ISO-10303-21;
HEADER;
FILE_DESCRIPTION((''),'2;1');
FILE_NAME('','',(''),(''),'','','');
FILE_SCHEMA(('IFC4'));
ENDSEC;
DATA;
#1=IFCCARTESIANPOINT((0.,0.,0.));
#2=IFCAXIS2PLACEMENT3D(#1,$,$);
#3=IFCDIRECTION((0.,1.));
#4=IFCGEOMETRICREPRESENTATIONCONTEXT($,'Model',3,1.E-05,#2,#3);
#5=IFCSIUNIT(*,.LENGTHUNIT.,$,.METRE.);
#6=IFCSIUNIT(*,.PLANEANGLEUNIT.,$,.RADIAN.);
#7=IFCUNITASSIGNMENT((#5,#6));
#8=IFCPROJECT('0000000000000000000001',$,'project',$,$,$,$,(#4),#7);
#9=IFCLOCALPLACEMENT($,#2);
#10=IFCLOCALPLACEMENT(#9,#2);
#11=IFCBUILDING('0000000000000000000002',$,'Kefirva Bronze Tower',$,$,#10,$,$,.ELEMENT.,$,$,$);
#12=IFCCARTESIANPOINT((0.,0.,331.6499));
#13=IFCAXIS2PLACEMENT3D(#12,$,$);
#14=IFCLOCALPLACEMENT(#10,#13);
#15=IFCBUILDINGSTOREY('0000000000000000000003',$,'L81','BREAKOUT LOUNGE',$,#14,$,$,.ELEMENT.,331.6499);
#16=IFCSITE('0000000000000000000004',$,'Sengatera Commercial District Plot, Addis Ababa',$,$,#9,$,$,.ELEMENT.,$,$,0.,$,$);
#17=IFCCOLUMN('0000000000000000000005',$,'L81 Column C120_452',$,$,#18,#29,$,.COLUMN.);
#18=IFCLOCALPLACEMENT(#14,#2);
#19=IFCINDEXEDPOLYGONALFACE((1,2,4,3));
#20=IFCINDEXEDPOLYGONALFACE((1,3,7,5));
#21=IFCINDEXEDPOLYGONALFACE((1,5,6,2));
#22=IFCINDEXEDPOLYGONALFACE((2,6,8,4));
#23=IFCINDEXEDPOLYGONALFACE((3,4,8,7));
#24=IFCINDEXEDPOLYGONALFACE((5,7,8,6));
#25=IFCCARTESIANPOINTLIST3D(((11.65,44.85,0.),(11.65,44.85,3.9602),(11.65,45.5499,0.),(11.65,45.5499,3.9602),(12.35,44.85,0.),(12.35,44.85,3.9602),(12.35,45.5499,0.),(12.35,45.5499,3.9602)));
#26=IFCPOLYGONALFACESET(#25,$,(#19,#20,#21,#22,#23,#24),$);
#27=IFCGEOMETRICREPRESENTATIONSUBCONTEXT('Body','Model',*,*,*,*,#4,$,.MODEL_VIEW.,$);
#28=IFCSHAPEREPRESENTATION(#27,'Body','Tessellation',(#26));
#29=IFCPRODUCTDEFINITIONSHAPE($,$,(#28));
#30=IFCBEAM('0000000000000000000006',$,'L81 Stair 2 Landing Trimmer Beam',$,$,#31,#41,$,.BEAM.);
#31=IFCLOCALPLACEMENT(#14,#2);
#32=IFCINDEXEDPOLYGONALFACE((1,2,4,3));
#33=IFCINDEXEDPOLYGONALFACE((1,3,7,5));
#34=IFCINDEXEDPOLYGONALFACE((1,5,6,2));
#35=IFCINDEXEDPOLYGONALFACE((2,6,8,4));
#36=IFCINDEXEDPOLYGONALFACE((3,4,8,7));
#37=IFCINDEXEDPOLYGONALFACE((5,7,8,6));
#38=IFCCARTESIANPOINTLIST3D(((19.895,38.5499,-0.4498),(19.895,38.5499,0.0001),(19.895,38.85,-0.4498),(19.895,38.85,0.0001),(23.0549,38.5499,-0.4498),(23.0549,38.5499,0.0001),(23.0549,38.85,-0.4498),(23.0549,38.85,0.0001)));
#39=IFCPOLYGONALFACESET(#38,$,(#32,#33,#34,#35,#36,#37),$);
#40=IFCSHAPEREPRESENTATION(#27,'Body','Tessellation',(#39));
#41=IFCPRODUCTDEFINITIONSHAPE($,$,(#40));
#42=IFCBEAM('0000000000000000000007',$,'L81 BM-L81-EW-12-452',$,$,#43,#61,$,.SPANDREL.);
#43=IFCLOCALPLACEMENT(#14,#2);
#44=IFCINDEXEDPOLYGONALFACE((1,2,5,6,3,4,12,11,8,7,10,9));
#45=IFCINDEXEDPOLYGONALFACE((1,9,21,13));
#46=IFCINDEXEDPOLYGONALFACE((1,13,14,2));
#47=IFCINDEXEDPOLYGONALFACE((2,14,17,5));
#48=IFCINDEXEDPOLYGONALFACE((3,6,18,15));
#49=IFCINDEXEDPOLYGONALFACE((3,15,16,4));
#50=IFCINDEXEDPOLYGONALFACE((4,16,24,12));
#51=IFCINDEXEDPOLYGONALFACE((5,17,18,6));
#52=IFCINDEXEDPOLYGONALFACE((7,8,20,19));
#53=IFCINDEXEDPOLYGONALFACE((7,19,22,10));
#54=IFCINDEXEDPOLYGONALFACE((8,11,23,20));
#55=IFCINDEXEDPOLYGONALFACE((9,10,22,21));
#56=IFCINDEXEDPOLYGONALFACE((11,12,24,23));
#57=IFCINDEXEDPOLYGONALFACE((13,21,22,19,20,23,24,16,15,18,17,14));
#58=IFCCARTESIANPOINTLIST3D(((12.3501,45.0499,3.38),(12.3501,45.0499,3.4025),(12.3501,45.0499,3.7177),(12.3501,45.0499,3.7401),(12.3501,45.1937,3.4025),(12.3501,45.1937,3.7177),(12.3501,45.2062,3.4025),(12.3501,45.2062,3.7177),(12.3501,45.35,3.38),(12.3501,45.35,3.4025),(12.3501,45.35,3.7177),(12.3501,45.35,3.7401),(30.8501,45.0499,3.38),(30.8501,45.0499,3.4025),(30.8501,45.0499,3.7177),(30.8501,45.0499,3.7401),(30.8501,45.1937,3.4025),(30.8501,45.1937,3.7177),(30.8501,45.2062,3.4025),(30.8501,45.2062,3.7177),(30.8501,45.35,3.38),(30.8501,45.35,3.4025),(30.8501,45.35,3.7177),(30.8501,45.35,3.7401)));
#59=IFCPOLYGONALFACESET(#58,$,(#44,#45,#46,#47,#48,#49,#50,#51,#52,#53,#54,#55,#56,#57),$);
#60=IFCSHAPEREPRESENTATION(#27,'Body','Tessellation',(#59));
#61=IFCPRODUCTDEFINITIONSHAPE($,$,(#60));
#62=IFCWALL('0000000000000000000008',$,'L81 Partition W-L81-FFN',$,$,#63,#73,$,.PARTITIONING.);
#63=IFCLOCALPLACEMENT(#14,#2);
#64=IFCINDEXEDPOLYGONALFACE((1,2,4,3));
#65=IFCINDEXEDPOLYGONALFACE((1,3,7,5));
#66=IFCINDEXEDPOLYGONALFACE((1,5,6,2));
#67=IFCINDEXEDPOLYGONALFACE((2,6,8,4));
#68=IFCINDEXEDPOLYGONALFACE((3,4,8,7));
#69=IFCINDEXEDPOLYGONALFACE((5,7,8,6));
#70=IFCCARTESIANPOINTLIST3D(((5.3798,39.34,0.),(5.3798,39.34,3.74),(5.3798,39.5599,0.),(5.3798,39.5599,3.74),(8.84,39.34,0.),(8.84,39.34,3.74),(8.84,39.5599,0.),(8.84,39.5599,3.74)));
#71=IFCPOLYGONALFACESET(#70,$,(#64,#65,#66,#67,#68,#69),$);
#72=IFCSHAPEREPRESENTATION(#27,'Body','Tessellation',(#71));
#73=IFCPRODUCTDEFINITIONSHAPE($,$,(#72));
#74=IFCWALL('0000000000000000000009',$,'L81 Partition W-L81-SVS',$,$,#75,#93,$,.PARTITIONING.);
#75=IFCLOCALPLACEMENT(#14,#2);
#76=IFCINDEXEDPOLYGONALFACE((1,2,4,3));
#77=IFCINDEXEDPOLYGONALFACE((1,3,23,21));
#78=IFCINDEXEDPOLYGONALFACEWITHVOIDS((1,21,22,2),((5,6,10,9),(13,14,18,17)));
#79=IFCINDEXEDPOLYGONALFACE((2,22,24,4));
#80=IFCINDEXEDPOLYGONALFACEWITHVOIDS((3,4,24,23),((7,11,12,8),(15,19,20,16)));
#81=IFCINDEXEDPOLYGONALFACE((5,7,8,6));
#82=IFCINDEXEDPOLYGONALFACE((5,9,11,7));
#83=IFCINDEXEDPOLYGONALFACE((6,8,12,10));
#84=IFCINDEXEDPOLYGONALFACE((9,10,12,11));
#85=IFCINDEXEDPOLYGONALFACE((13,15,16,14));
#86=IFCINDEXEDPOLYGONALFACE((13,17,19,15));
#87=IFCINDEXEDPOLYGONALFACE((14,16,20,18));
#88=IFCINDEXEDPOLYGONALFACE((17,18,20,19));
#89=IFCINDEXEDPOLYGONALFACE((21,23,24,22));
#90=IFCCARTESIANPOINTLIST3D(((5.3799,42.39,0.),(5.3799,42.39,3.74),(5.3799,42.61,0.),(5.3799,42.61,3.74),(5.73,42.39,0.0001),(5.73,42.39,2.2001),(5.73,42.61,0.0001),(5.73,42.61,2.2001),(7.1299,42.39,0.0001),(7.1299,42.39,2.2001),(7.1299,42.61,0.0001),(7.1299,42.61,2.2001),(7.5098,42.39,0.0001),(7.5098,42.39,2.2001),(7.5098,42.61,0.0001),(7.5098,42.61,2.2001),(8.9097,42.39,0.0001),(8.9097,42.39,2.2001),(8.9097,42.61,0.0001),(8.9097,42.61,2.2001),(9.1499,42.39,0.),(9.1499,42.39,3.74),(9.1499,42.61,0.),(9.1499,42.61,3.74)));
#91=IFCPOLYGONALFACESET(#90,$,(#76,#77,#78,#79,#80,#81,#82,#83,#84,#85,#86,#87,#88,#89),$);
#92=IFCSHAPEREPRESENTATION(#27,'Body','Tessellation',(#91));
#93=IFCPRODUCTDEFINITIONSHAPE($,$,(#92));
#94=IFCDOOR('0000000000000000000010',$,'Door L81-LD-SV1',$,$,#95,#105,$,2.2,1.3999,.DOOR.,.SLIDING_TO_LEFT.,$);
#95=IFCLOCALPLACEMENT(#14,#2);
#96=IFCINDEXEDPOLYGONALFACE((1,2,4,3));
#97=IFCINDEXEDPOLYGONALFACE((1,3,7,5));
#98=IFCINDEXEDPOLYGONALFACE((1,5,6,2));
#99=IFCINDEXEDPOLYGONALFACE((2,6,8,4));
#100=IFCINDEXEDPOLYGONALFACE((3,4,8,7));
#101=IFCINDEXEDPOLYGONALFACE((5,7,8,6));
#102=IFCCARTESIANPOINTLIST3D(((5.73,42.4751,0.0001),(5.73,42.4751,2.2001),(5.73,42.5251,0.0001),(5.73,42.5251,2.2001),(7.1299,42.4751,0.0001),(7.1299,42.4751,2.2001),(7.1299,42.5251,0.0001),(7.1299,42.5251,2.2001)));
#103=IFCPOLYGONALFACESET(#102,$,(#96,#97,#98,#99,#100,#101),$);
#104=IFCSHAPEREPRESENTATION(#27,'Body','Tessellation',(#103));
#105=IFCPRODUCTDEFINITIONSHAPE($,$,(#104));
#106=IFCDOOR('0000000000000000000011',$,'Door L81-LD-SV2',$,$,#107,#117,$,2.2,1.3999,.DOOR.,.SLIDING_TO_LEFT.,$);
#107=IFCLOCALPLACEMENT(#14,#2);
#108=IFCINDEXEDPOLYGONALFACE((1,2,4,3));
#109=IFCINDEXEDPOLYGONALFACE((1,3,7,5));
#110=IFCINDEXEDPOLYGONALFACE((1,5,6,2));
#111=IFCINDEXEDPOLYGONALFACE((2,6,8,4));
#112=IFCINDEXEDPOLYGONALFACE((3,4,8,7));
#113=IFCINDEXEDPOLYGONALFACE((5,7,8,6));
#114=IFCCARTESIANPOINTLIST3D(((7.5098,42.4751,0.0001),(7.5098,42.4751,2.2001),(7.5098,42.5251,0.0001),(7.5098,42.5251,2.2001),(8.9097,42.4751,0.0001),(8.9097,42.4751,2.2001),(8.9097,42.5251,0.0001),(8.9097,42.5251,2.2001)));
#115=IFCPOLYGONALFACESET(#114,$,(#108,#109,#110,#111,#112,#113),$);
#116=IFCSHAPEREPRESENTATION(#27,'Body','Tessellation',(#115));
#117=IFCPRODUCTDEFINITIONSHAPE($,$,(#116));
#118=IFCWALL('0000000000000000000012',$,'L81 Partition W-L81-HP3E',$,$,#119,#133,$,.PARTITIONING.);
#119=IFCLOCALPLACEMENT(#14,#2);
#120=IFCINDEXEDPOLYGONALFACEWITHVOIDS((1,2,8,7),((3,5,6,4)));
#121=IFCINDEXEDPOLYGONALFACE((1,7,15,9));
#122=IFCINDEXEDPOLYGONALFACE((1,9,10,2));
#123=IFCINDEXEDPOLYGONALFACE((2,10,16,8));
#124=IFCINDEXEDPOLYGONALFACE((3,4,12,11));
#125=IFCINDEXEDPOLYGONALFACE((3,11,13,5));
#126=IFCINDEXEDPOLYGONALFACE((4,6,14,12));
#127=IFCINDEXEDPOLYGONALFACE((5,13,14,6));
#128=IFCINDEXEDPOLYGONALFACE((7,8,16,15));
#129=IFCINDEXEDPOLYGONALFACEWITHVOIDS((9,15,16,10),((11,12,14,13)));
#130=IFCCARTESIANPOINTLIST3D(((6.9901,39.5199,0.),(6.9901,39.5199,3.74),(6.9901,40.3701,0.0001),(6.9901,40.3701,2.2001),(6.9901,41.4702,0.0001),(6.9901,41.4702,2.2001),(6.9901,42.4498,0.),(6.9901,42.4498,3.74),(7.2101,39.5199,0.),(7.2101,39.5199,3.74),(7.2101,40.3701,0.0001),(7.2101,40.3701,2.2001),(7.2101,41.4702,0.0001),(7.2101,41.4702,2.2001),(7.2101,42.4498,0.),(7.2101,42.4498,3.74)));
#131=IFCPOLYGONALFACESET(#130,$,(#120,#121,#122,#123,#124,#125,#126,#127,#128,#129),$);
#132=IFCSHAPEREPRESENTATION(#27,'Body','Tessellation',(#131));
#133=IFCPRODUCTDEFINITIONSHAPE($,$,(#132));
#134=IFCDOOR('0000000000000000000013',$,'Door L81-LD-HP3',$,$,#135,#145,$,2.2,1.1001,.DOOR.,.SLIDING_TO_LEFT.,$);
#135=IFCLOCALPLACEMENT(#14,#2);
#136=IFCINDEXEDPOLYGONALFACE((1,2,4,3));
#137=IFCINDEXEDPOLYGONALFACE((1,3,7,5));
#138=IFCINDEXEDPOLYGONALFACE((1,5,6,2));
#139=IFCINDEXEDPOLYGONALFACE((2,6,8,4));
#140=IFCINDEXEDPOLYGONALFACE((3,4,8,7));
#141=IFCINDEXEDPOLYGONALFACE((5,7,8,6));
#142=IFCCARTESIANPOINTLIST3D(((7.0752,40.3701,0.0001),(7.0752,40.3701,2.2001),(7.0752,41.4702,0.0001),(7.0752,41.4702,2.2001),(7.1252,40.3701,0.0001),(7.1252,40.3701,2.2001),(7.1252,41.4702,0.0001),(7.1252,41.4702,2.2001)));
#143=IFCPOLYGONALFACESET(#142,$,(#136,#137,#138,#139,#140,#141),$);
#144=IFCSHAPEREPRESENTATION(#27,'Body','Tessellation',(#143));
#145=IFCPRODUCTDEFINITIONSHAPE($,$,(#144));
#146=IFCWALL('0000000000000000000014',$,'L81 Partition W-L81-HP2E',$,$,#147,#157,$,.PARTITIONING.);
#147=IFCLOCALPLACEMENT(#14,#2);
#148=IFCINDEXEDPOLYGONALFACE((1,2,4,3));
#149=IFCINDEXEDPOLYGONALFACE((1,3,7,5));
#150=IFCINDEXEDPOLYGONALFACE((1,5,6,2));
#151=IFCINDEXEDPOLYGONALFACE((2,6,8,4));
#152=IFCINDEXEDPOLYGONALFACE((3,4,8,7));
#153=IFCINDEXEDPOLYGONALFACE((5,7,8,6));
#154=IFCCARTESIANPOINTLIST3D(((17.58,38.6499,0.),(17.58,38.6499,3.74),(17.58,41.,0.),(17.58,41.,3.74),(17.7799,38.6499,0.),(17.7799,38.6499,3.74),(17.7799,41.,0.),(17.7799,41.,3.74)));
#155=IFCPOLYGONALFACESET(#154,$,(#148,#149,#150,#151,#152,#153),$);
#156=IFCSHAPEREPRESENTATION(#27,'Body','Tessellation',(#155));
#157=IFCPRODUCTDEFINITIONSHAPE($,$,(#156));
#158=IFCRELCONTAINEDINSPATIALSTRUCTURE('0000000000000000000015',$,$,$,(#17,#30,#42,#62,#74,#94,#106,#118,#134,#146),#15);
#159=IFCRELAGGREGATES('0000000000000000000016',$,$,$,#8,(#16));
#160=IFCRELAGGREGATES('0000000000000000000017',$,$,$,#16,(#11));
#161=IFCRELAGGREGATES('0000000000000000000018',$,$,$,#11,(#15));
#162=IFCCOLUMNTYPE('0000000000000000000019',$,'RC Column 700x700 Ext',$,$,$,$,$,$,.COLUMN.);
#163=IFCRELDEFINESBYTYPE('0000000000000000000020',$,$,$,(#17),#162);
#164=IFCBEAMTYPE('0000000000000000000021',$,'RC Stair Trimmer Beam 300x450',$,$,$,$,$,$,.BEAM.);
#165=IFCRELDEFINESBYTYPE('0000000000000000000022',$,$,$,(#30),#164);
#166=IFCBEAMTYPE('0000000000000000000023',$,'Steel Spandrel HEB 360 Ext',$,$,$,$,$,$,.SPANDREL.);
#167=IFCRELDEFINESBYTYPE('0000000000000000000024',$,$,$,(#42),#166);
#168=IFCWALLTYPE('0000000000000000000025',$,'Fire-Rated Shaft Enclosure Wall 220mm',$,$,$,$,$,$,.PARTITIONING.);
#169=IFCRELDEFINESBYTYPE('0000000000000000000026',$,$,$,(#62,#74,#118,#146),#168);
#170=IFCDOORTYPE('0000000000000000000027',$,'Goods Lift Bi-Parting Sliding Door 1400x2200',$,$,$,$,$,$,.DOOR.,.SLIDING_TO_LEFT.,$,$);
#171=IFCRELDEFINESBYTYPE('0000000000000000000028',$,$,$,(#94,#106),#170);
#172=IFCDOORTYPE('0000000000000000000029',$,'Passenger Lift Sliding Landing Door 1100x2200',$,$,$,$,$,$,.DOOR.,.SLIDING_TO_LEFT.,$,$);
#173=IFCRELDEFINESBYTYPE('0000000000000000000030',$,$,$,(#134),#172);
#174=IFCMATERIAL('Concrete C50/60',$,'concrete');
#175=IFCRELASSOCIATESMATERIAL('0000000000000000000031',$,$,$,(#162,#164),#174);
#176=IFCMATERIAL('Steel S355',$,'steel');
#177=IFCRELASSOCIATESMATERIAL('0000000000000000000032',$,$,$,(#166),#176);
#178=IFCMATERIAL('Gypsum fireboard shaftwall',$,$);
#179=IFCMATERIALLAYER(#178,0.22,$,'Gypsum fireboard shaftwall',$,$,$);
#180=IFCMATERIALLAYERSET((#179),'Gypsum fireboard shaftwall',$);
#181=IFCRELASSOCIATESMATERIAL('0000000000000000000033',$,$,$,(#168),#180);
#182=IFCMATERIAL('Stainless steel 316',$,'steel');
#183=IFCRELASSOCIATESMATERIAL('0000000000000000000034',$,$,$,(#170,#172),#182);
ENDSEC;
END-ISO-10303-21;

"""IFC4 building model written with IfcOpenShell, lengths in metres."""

from ifc_helpers import new_model, si_unit, direction, frame, frame_2d, origin, origin_2d, place, context, subcontext, project, spatial, rectangle, i_section, extrude, material, layer, layer_set, material_profile, profile_set, type_object, element, fill, save


model = new_model("IFC4")

# Units and contexts
model_context = context("Model", 3, precision=1e-05, world=origin(), true_north=direction((0.0, 1.0)))
body_context = subcontext(model_context, "Body", "Model", "MODEL_VIEW")
ifc_project = project(units=[si_unit("LENGTHUNIT", "METRE"), si_unit("PLANEANGLEUNIT", "RADIAN")], contexts=[model_context])

# Site, building, storey
site_placement = place(None, origin())
site = spatial("IfcSite", under=ifc_project, at=site_placement, Name="Sengatera Commercial District Plot, Addis Ababa", CompositionType="ELEMENT", RefElevation=0.0)
building_placement = place(site_placement, origin())
building = spatial("IfcBuilding", under=site, at=building_placement, Name="Kefirva Bronze Tower", CompositionType="ELEMENT")
storey_placement = place(building_placement, frame((0.0, 0.0, 331.6499)))
storey = spatial("IfcBuildingStorey", under=building, at=storey_placement, Name="L81", Description="BREAKOUT LOUNGE", CompositionType="ELEMENT", Elevation=331.6499)

# Column
ifc_material_1 = material(Name="Concrete C50/60", Category="concrete")
ifc_material_profile_1 = material_profile(ifc_material_1, rectangle(XDim=0.7, YDim=0.7, at=origin_2d()), Name="RC 700x700")
ifc_profile_set_1 = profile_set([ifc_material_profile_1], Name="Concrete C50/60")
column_type = type_object("IfcColumnType", Name="RC Column 700x700 Ext", PredefinedType="COLUMN", material=ifc_profile_set_1)
column_placement = place(storey_placement, frame((12.0, 45.2, 0.0), z_axis=(0.0, 0.0, 1.0), x_axis=(1.0, 0.0, 0.0)))
element("IfcColumn", 1, at=column_placement, inside=storey, type_object=column_type, Name="L81 Column C120_452", PredefinedType="COLUMN", context=body_context, shape_type="SweptSolid", body=[
    extrude(rectangle(XDim=0.7, YDim=0.7, at=origin_2d()), origin(), (0.0, 0.0, 1.0), 3.9602),
])

# Beams
ifc_material_profile_2 = material_profile(ifc_material_1, rectangle(XDim=0.3, YDim=0.45, at=origin_2d()), Name="RC 300x450")
ifc_profile_set_2 = profile_set([ifc_material_profile_2], Name="Concrete C50/60")
beam_type_1 = type_object("IfcBeamType", Name="RC Stair Trimmer Beam 300x450", PredefinedType="BEAM", material=ifc_profile_set_2)
beam_1_placement = place(storey_placement, frame((19.895, 38.7, -0.2249), z_axis=(1.0, 0.0, 0.0), x_axis=(0.0, 1.0, 0.0)))
element("IfcBeam", 2, at=beam_1_placement, inside=storey, type_object=beam_type_1, Name="L81 Stair 2 Landing Trimmer Beam", PredefinedType="BEAM", context=body_context, shape_type="SweptSolid", body=[
    extrude(rectangle(XDim=0.3, YDim=0.45, at=origin_2d()), origin(), (0.0, 0.0, 1.0), 3.1599),
])
ifc_material_2 = material(Name="Steel S355", Category="steel")
ifc_material_profile_3 = material_profile(ifc_material_2, i_section(OverallWidth=0.3, OverallDepth=0.3601, WebThickness=0.0125, FlangeThickness=0.0225, at=origin_2d()), Name="HEB 360")
ifc_profile_set_3 = profile_set([ifc_material_profile_3], Name="Steel S355")
beam_type_2 = type_object("IfcBeamType", Name="Steel Spandrel HEB 360 Ext", PredefinedType="SPANDREL", material=ifc_profile_set_3)
beam_2_placement = place(storey_placement, frame((12.3501, 45.2, 3.5601), z_axis=(1.0, 0.0, 0.0), x_axis=(0.0, 1.0, 0.0)))
element("IfcBeam", 3, at=beam_2_placement, inside=storey, type_object=beam_type_2, Name="L81 BM-L81-EW-12-452", PredefinedType="SPANDREL", context=body_context, shape_type="SweptSolid", body=[
    extrude(i_section(OverallWidth=0.3, OverallDepth=0.3601, WebThickness=0.0125, FlangeThickness=0.0225, at=origin_2d()), origin(), (0.0, 0.0, 1.0), 18.5),
])

# Wall
ifc_material_3 = material(Name="Gypsum fireboard shaftwall")
ifc_layer_1 = layer(ifc_material_3, 0.22, Name="Gypsum fireboard shaftwall")
ifc_layer_set_1 = layer_set([ifc_layer_1], Name="Gypsum fireboard shaftwall")
wall_type_1 = type_object("IfcWallType", Name="Fire-Rated Shaft Enclosure Wall 220mm", PredefinedType="PARTITIONING", material=ifc_layer_set_1)
wall_1_placement = place(storey_placement, frame((5.3799, 39.45, 0.0), z_axis=(0.0, 0.0, 1.0), x_axis=(1.0, 0.0, 0.0)))
element("IfcWall", 4, at=wall_1_placement, inside=storey, type_object=wall_type_1, Name="L81 Partition W-L81-FFN", PredefinedType="PARTITIONING", context=body_context, shape_type="SweptSolid", body=[
    extrude(rectangle(XDim=3.4602, YDim=0.22, at=frame_2d((1.73, 0.0))), origin(), (0.0, 0.0, 1.0), 3.74),
])

# Wall, openings, doors
wall_2_placement = place(storey_placement, frame((5.3799, 42.5, 0.0), z_axis=(0.0, 0.0, 1.0), x_axis=(1.0, 0.0, 0.0)))
wall_2 = element("IfcWall", 5, at=wall_2_placement, inside=storey, type_object=wall_type_1, Name="L81 Partition W-L81-SVS", PredefinedType="PARTITIONING", context=body_context, shape_type="SweptSolid", body=[
    extrude(rectangle(XDim=3.77, YDim=0.22, at=frame_2d((1.885, 0.0))), origin(), (0.0, 0.0, 1.0), 3.74),
])
opening_1_placement = place(wall_2_placement, frame((1.75, 0.0, 0.0), z_axis=(0.0, 0.0, 1.0), x_axis=(-1.0, 0.0, 0.0)))
opening_1 = element("IfcOpeningElement", 6, at=opening_1_placement, cuts=wall_2, PredefinedType="OPENING", context=body_context, shape_type="SweptSolid", body=[
    extrude(rectangle(XDim=1.3999, YDim=2.2, at=frame_2d((0.7, 1.1001))), frame((0.0, 0.1201, 0.0), z_axis=(0.0, -1.0, 0.0), x_axis=(1.0, 0.0, 0.0)), (0.0, 0.0, 1.0), 0.24),
])
opening_2_placement = place(wall_2_placement, frame((3.5298, 0.0, 0.0), z_axis=(0.0, 0.0, 1.0), x_axis=(-1.0, 0.0, 0.0)))
opening_2 = element("IfcOpeningElement", 7, at=opening_2_placement, cuts=wall_2, PredefinedType="OPENING", context=body_context, shape_type="SweptSolid", body=[
    extrude(rectangle(XDim=1.3999, YDim=2.2, at=frame_2d((0.7, 1.1001))), frame((0.0, 0.1201, 0.0), z_axis=(0.0, -1.0, 0.0), x_axis=(1.0, 0.0, 0.0)), (0.0, 0.0, 1.0), 0.24),
])
ifc_material_4 = material(Name="Stainless steel 316", Category="steel")
door_type_1 = type_object("IfcDoorType", Name="Goods Lift Bi-Parting Sliding Door 1400x2200", OperationType="SLIDING_TO_LEFT", PredefinedType="DOOR", material=ifc_material_4)
door_1_placement = place(opening_1_placement, origin())
door_1 = element("IfcDoor", 8, at=door_1_placement, inside=storey, type_object=door_type_1, Name="Door L81-LD-SV1", OperationType="SLIDING_TO_LEFT", OverallHeight=2.2, OverallWidth=1.3999, PredefinedType="DOOR", context=body_context, shape_type="SweptSolid", body=[
    extrude(rectangle(XDim=1.3999, YDim=2.2, at=frame_2d((0.7, 1.1001))), frame((0.0, 0.0249, 0.0), z_axis=(0.0, -1.0, 0.0), x_axis=(1.0, 0.0, 0.0)), (0.0, 0.0, 1.0), 0.05),
])
fill(opening_1, door_1)
door_2_placement = place(opening_2_placement, origin())
door_2 = element("IfcDoor", 9, at=door_2_placement, inside=storey, type_object=door_type_1, Name="Door L81-LD-SV2", OperationType="SLIDING_TO_LEFT", OverallHeight=2.2, OverallWidth=1.3999, PredefinedType="DOOR", context=body_context, shape_type="SweptSolid", body=[
    extrude(rectangle(XDim=1.3999, YDim=2.2, at=frame_2d((0.7, 1.1001))), frame((0.0, 0.0249, 0.0), z_axis=(0.0, -1.0, 0.0), x_axis=(1.0, 0.0, 0.0)), (0.0, 0.0, 1.0), 0.05),
])
fill(opening_2, door_2)

# Wall, opening, door
wall_3_placement = place(storey_placement, frame((7.1001, 39.52, 0.0), z_axis=(0.0, 0.0, 1.0), x_axis=(0.0, 1.0, 0.0)))
wall_3 = element("IfcWall", 10, at=wall_3_placement, inside=storey, type_object=wall_type_1, Name="L81 Partition W-L81-HP3E", PredefinedType="PARTITIONING", context=body_context, shape_type="SweptSolid", body=[
    extrude(rectangle(XDim=2.9299, YDim=0.22, at=frame_2d((1.4648, 0.0))), origin(), (0.0, 0.0, 1.0), 3.74),
])
opening_3_placement = place(wall_3_placement, frame((0.8501, 0.0, 0.0)))
opening_3 = element("IfcOpeningElement", 11, at=opening_3_placement, cuts=wall_3, PredefinedType="OPENING", context=body_context, shape_type="SweptSolid", body=[
    extrude(rectangle(XDim=1.1001, YDim=2.2, at=frame_2d((0.55, 1.1001))), frame((0.0, 0.1201, 0.0), z_axis=(0.0, -1.0, 0.0), x_axis=(1.0, 0.0, 0.0)), (0.0, 0.0, 1.0), 0.24),
])
door_type_2 = type_object("IfcDoorType", Name="Passenger Lift Sliding Landing Door 1100x2200", OperationType="SLIDING_TO_LEFT", PredefinedType="DOOR", material=ifc_material_4)
door_3_placement = place(opening_3_placement, origin())
door_3 = element("IfcDoor", 12, at=door_3_placement, inside=storey, type_object=door_type_2, Name="Door L81-LD-HP3", OperationType="SLIDING_TO_LEFT", OverallHeight=2.2, OverallWidth=1.1001, PredefinedType="DOOR", context=body_context, shape_type="SweptSolid", body=[
    extrude(rectangle(XDim=1.1001, YDim=2.2, at=frame_2d((0.55, 1.1001))), frame((0.0, 0.0249, 0.0), z_axis=(0.0, -1.0, 0.0), x_axis=(1.0, 0.0, 0.0)), (0.0, 0.0, 1.0), 0.05),
])
fill(opening_3, door_3)

# Wall
wall_4_placement = place(storey_placement, frame((17.6799, 38.6499, 0.0), z_axis=(0.0, 0.0, 1.0), x_axis=(0.0, 1.0, 0.0)))
element("IfcWall", 13, at=wall_4_placement, inside=storey, type_object=wall_type_1, Name="L81 Partition W-L81-HP2E", PredefinedType="PARTITIONING", context=body_context, shape_type="SweptSolid", body=[
    extrude(rectangle(XDim=2.3501, YDim=0.2, at=frame_2d((1.175, 0.0))), origin(), (0.0, 0.0, 1.0), 3.74),
])

save(model, "model.ifc")
